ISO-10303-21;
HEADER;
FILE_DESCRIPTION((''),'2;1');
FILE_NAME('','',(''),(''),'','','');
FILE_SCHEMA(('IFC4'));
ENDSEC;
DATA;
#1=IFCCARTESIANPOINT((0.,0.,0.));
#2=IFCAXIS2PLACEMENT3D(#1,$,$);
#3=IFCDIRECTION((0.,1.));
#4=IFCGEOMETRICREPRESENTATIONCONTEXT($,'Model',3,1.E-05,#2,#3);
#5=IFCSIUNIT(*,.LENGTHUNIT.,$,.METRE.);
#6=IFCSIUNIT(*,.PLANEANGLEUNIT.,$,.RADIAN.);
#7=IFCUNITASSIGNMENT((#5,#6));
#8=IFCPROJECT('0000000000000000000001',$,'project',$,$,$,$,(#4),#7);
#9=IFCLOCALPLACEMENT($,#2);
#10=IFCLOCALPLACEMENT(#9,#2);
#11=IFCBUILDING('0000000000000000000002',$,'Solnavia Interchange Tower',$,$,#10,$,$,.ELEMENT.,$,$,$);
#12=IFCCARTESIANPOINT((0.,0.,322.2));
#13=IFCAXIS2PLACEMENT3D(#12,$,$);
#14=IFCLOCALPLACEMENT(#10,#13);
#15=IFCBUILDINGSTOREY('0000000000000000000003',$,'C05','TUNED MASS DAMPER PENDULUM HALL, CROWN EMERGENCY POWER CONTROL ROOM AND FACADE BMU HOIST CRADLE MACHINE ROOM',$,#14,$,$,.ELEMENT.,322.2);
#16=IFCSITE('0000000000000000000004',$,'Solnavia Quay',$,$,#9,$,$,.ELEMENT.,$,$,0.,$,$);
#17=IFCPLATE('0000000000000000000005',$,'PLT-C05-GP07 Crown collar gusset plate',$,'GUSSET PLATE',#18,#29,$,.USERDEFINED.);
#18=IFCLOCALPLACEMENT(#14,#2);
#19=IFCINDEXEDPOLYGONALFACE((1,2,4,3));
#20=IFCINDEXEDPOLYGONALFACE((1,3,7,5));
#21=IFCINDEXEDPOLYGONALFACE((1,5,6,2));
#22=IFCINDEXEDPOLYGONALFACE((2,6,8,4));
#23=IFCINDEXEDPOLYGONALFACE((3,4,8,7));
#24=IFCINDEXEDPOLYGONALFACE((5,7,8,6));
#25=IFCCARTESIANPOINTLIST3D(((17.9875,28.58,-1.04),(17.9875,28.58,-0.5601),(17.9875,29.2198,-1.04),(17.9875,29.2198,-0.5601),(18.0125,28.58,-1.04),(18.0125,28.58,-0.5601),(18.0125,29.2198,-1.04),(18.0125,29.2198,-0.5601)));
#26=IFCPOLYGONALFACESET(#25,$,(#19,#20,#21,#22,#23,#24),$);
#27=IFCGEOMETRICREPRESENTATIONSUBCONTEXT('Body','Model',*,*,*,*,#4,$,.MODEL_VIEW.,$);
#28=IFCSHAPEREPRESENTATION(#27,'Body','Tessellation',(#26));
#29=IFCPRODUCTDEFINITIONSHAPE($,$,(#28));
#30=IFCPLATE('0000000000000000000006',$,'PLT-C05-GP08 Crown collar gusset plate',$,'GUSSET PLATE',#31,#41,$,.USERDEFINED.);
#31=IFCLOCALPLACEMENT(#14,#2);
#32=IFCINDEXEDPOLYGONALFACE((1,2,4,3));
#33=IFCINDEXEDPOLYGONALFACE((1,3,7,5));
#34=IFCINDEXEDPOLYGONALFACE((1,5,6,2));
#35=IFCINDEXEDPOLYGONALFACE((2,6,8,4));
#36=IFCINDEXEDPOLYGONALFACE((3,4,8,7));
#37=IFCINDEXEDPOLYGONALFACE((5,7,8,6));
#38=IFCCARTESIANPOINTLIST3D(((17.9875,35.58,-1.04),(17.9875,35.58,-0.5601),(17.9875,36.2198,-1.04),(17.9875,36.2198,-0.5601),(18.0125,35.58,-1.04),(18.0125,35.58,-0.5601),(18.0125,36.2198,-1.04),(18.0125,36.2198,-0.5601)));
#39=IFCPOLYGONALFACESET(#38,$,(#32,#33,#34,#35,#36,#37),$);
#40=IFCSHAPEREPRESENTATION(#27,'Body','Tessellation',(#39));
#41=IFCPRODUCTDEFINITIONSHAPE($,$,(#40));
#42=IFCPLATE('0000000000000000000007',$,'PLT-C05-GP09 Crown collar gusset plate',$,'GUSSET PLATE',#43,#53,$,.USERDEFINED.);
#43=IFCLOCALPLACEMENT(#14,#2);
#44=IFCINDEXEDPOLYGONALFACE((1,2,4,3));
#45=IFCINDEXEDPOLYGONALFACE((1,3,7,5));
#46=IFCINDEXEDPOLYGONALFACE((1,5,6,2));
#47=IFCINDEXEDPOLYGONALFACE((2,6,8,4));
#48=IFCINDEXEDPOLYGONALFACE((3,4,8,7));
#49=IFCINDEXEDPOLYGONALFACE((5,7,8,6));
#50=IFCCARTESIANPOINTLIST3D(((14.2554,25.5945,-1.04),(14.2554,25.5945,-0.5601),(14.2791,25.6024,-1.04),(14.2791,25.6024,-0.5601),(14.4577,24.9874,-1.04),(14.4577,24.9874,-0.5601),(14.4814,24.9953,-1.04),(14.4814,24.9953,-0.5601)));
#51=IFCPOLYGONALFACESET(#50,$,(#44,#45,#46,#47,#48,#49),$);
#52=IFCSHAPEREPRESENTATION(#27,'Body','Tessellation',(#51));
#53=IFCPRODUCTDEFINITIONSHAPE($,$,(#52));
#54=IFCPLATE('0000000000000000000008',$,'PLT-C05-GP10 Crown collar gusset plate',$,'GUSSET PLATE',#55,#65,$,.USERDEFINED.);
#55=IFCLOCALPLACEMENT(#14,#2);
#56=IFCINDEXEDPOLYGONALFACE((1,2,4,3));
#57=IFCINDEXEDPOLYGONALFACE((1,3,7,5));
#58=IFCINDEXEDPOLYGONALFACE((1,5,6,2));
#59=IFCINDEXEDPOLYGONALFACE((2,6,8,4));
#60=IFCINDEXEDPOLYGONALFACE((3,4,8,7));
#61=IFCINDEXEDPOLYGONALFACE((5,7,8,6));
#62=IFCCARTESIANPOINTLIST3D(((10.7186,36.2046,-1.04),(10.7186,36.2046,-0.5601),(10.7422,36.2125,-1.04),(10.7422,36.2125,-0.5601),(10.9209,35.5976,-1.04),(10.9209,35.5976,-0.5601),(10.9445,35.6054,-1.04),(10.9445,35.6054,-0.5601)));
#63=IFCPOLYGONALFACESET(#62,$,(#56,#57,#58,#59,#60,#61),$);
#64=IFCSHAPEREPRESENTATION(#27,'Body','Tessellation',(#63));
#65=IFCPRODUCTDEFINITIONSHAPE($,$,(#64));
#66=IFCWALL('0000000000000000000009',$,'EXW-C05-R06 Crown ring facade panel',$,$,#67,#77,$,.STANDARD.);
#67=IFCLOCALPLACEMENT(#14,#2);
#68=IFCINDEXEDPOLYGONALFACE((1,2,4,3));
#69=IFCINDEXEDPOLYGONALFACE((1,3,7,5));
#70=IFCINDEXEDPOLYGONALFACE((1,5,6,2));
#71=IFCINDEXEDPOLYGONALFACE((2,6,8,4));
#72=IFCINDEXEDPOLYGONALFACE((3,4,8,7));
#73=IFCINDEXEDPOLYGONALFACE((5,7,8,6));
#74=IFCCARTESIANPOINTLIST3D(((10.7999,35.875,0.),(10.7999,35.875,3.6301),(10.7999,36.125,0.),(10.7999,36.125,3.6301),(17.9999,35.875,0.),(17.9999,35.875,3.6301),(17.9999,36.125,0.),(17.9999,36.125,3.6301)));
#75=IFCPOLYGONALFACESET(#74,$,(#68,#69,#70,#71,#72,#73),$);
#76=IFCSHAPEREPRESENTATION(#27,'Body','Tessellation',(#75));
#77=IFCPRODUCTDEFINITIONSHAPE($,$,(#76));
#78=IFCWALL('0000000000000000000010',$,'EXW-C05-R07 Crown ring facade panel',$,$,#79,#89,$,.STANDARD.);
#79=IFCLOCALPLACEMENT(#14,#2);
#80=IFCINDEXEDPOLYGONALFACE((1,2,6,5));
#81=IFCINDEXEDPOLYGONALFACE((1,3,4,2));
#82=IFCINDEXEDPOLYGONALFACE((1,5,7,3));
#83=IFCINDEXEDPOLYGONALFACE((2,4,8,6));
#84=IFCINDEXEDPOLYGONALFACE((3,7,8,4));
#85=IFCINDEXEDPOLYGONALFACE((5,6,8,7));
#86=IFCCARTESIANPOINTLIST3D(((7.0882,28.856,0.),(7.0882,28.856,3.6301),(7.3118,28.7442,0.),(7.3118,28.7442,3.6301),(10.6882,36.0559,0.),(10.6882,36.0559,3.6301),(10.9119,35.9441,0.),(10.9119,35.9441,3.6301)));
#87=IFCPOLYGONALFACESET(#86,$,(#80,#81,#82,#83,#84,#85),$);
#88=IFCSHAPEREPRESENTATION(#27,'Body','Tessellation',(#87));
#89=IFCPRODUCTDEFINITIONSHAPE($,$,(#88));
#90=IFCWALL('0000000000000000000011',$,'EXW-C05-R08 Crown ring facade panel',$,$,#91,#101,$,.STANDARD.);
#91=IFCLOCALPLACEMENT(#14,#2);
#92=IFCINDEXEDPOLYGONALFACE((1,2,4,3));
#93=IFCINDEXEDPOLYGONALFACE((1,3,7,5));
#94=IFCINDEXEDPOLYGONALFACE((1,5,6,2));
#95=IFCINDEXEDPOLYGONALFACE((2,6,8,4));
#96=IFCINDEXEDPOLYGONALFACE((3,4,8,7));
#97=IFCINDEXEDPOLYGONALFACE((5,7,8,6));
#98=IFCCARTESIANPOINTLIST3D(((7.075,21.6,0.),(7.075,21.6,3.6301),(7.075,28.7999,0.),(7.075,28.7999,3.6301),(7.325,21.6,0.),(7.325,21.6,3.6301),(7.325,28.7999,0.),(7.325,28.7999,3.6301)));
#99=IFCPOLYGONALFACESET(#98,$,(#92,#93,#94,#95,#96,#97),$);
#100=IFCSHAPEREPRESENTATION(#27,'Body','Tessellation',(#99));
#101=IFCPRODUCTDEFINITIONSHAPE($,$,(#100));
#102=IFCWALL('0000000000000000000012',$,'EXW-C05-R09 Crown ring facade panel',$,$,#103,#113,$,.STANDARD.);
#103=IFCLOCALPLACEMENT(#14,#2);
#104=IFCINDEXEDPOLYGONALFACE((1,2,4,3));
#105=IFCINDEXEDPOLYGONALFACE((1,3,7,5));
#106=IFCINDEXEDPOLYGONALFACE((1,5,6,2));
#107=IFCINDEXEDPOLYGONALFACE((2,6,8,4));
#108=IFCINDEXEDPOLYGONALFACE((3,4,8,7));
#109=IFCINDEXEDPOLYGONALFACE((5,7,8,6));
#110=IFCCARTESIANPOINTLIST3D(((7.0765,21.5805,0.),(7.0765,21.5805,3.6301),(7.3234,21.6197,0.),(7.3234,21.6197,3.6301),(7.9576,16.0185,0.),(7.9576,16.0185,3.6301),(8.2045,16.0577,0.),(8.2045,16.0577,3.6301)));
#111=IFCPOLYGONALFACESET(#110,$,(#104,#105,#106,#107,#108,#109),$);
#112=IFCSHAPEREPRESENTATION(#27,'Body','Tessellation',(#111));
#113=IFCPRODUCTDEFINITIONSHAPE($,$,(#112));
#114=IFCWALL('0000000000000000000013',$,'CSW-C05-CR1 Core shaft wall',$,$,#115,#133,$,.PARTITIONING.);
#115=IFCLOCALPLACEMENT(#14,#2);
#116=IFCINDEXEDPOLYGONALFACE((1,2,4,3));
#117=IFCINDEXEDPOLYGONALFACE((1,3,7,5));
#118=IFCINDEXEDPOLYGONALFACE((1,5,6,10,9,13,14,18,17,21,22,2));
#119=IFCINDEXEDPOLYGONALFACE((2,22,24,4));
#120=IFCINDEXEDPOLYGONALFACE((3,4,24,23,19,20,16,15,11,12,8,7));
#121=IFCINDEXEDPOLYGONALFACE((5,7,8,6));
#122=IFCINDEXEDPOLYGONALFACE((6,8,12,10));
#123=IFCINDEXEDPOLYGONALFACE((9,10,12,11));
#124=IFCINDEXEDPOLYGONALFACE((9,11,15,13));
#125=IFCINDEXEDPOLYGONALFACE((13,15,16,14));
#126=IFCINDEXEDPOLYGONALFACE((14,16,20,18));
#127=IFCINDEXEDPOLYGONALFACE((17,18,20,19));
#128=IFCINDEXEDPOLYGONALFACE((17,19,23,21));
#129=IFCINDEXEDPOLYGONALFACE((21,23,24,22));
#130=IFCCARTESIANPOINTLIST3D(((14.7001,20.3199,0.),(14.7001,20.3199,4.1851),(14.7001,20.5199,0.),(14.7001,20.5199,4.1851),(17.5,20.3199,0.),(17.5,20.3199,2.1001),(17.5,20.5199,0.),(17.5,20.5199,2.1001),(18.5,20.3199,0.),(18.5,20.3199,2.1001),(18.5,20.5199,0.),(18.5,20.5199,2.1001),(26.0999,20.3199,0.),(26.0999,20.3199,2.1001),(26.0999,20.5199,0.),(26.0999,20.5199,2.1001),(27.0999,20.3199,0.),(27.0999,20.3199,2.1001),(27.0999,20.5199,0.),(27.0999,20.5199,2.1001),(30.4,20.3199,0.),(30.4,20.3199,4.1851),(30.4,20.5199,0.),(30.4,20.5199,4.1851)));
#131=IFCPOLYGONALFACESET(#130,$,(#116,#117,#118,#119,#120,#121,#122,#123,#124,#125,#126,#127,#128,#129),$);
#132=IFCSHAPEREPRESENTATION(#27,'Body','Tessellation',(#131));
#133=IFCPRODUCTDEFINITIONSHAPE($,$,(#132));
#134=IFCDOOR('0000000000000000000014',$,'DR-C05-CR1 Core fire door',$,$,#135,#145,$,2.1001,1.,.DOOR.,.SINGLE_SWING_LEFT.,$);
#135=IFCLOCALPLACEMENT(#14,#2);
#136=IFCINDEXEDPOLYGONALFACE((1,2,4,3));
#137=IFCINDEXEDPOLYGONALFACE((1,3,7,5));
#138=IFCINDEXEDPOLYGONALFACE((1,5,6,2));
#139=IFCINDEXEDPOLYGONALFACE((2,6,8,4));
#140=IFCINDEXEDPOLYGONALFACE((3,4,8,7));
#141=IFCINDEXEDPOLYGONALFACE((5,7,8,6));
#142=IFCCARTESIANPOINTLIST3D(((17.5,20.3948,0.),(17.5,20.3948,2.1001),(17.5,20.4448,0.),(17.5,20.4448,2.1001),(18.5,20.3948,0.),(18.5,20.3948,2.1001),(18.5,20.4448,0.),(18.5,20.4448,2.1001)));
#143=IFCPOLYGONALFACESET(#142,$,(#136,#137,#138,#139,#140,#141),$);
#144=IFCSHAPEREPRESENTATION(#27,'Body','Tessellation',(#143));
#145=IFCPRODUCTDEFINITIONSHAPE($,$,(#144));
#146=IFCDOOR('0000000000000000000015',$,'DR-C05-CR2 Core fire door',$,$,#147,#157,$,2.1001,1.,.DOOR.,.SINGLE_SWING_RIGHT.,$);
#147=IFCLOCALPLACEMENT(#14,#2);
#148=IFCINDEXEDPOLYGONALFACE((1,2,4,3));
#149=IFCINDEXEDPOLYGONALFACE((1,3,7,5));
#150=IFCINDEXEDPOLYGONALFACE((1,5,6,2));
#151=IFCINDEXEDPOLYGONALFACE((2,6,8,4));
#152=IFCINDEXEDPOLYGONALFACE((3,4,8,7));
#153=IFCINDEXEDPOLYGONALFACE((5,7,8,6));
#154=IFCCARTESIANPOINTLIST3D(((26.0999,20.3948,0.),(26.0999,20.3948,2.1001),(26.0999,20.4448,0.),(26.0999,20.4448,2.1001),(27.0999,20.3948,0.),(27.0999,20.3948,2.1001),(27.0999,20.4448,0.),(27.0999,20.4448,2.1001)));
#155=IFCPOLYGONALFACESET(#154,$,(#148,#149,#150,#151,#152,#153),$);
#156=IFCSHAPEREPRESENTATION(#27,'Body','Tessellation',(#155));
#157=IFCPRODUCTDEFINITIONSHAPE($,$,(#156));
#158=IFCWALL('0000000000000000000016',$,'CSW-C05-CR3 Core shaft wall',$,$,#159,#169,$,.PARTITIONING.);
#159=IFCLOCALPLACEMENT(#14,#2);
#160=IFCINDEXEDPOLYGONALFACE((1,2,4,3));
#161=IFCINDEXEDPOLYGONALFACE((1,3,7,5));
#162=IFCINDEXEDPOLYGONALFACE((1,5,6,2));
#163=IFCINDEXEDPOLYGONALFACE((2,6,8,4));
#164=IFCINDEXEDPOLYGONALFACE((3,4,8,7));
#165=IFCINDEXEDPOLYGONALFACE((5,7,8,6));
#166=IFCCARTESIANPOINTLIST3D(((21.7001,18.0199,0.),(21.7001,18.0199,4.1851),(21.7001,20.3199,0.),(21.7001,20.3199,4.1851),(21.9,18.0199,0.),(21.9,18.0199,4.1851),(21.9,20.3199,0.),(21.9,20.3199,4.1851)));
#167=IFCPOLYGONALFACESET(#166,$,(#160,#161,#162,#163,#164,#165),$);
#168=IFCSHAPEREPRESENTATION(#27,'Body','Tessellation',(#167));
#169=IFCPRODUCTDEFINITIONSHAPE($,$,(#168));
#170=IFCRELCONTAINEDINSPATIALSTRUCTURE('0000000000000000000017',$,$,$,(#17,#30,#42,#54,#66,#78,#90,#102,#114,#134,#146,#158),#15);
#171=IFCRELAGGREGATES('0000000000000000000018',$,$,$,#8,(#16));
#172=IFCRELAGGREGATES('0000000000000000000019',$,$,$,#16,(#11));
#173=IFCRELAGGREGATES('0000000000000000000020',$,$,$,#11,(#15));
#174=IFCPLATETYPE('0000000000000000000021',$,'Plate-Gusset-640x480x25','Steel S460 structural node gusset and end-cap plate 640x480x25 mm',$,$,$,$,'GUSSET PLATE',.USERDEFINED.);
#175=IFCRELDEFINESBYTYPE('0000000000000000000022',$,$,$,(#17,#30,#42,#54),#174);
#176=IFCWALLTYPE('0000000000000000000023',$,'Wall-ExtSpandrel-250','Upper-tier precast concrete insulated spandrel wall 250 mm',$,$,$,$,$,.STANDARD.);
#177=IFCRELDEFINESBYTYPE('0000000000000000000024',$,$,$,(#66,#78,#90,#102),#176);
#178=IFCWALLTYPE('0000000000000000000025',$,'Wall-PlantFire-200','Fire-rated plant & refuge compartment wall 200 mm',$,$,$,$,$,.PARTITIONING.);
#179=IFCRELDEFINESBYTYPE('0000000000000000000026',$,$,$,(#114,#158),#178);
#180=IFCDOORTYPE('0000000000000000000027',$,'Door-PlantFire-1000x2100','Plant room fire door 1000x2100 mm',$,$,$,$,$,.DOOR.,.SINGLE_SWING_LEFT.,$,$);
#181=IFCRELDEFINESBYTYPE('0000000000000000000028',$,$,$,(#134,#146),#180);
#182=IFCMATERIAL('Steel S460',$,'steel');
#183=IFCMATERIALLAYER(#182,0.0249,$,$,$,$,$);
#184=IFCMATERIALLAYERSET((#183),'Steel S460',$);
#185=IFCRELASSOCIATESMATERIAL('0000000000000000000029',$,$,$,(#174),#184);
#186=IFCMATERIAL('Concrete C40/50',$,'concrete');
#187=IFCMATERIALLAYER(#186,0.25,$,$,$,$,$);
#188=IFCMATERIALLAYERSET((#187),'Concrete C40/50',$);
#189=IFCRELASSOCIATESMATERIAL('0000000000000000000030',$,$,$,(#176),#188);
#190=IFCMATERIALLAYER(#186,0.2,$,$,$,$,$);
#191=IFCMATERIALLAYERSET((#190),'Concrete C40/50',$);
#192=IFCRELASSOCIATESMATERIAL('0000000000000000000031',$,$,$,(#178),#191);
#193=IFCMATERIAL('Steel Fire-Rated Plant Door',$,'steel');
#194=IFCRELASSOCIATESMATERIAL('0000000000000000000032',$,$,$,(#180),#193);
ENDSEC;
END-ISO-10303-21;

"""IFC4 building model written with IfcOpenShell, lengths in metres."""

from ifc_helpers import new_model, si_unit, direction, frame, frame_2d, origin, origin_2d, place, context, subcontext, project, spatial, rectangle, extrude, material, layer, layer_set, type_object, element, fill, save


model = new_model("IFC4")

# Units and contexts
model_context = context("Model", 3, precision=1e-05, world=origin(), true_north=direction((0.0, 1.0)))
body_context = subcontext(model_context, "Body", "Model", "MODEL_VIEW")
ifc_project = project(units=[si_unit("LENGTHUNIT", "METRE"), si_unit("PLANEANGLEUNIT", "RADIAN")], contexts=[model_context])

# Site, building, storey
site_placement = place(None, origin())
site = spatial("IfcSite", under=ifc_project, at=site_placement, Name="Solnavia Quay", CompositionType="ELEMENT", RefElevation=0.0)
building_placement = place(site_placement, origin())
building = spatial("IfcBuilding", under=site, at=building_placement, Name="Solnavia Interchange Tower", CompositionType="ELEMENT")
storey_placement = place(building_placement, frame((0.0, 0.0, 322.2)))
storey = spatial("IfcBuildingStorey", under=building, at=storey_placement, Name="C05", Description="TUNED MASS DAMPER PENDULUM HALL, CROWN EMERGENCY POWER CONTROL ROOM AND FACADE BMU HOIST CRADLE MACHINE ROOM", CompositionType="ELEMENT", Elevation=322.2)

# Shared definitions
ifc_material_1 = material(Name="Steel S460", Category="steel")

# Plates
ifc_layer_1 = layer(ifc_material_1, 0.0249)
ifc_layer_set_1 = layer_set([ifc_layer_1], Name="Steel S460")
plate_type = type_object("IfcPlateType", Name="Plate-Gusset-640x480x25", Description="Steel S460 structural node gusset and end-cap plate 640x480x25 mm", ElementType="GUSSET PLATE", PredefinedType="USERDEFINED", material=ifc_layer_set_1)
for number, where, z_axis, x_axis, name in (
    (1, (18.0, 28.8999, -1.04), (0.0, 0.0, 1.0), (0.0, 1.0, 0.0), "PLT-C05-GP07 Crown collar gusset plate"),
    (2, (18.0, 35.8999, -1.04), (0.0, 0.0, 1.0), (0.0, 1.0, 0.0), "PLT-C05-GP08 Crown collar gusset plate"),
    (3, (14.3684, 25.2949, -1.04), (0.0, 0.0, 1.0), (-0.316146, 0.948711, 0.0), "PLT-C05-GP09 Crown collar gusset plate"),
    (4, (10.8315, 35.905, -1.04), (0.0, 0.0, 1.0), (-0.316146, 0.948711, 0.0), "PLT-C05-GP10 Crown collar gusset plate"),
):
    element("IfcPlate", number, at=place(storey_placement, frame(where, z_axis=z_axis, x_axis=x_axis)), inside=storey, type_object=plate_type, Name=name, ObjectType="GUSSET PLATE", PredefinedType="USERDEFINED", context=body_context, shape_type="SweptSolid", body=[
        extrude(rectangle(XDim=0.6399, YDim=0.0249, at=origin_2d()), origin(), (0.0, 0.0, 1.0), 0.48),
    ])

# Walls
ifc_material_2 = material(Name="Concrete C40/50", Category="concrete")
ifc_layer_2 = layer(ifc_material_2, 0.25)
ifc_layer_set_2 = layer_set([ifc_layer_2], Name="Concrete C40/50")
wall_type_1 = type_object("IfcWallType", Name="Wall-ExtSpandrel-250", Description="Upper-tier precast concrete insulated spandrel wall 250 mm", PredefinedType="STANDARD", material=ifc_layer_set_2)
wall_1_placement = place(storey_placement, frame((18.0, 36.0, 0.0), z_axis=(0.0, 0.0, 1.0), x_axis=(-1.0, 0.0, 0.0)))
element("IfcWall", 5, at=wall_1_placement, inside=storey, type_object=wall_type_1, Name="EXW-C05-R06 Crown ring facade panel", PredefinedType="STANDARD", context=body_context, shape_type="SweptSolid", body=[
    extrude(rectangle(XDim=7.2, YDim=0.25, at=frame_2d((3.6001, 0.0))), origin(), (0.0, 0.0, 1.0), 3.6301),
])
wall_2_placement = place(storey_placement, frame((10.8, 36.0, 0.0), z_axis=(0.0, 0.0, 1.0), x_axis=(-0.447226, -0.894421, 0.0)))
element("IfcWall", 6, at=wall_2_placement, inside=storey, type_object=wall_type_1, Name="EXW-C05-R07 Crown ring facade panel", PredefinedType="STANDARD", context=body_context, shape_type="SweptSolid", body=[
    extrude(rectangle(XDim=8.0498, YDim=0.25, at=frame_2d((4.0249, 0.0))), origin(), (0.0, 0.0, 1.0), 3.6301),
])
wall_3_placement = place(storey_placement, frame((7.2, 28.8, 0.0), z_axis=(0.0, 0.0, 1.0), x_axis=(0.0, -1.0, 0.0)))
element("IfcWall", 7, at=wall_3_placement, inside=storey, type_object=wall_type_1, Name="EXW-C05-R08 Crown ring facade panel", PredefinedType="STANDARD", context=body_context, shape_type="SweptSolid", body=[
    extrude(rectangle(XDim=7.2, YDim=0.25, at=frame_2d((3.6001, 0.0))), origin(), (0.0, 0.0, 1.0), 3.6301),
])
wall_4_placement = place(storey_placement, frame((7.2, 21.6001, 0.0), z_axis=(0.0, 0.0, 1.0), x_axis=(0.156463, -0.987684, 0.0)))
element("IfcWall", 8, at=wall_4_placement, inside=storey, type_object=wall_type_1, Name="EXW-C05-R09 Crown ring facade panel", PredefinedType="STANDARD", context=body_context, shape_type="SweptSolid", body=[
    extrude(rectangle(XDim=5.6313, YDim=0.25, at=frame_2d((2.8157, 0.0))), origin(), (0.0, 0.0, 1.0), 3.6301),
])

# Wall, openings, doors
ifc_layer_3 = layer(ifc_material_2, 0.2)
ifc_layer_set_3 = layer_set([ifc_layer_3], Name="Concrete C40/50")
wall_type_2 = type_object("IfcWallType", Name="Wall-PlantFire-200", Description="Fire-rated plant & refuge compartment wall 200 mm", PredefinedType="PARTITIONING", material=ifc_layer_set_3)
wall_5_placement = place(storey_placement, frame((14.7, 20.4199, 0.0), z_axis=(0.0, 0.0, 1.0), x_axis=(1.0, 0.0, 0.0)))
wall_5 = element("IfcWall", 9, at=wall_5_placement, inside=storey, type_object=wall_type_2, Name="CSW-C05-CR1 Core shaft wall", PredefinedType="PARTITIONING", context=body_context, shape_type="SweptSolid", body=[
    extrude(rectangle(XDim=15.7, YDim=0.2, at=frame_2d((7.8501, 0.0))), origin(), (0.0, 0.0, 1.0), 4.1851),
])
opening_1_placement = place(wall_5_placement, frame((2.8, 0.0, 0.0)))
opening_1 = element("IfcOpeningElement", 10, at=opening_1_placement, cuts=wall_5, PredefinedType="OPENING", context=body_context, shape_type="SweptSolid", body=[
    extrude(rectangle(XDim=1.0, YDim=2.1001, at=frame_2d((0.5, 1.05))), frame((0.0, 0.1099, 0.0), z_axis=(0.0, -1.0, 0.0), x_axis=(1.0, 0.0, 0.0)), (0.0, 0.0, 1.0), 0.22),
])
opening_2_placement = place(wall_5_placement, frame((11.3999, 0.0, 0.0)))
opening_2 = element("IfcOpeningElement", 11, at=opening_2_placement, cuts=wall_5, PredefinedType="OPENING", context=body_context, shape_type="SweptSolid", body=[
    extrude(rectangle(XDim=1.0, YDim=2.1001, at=frame_2d((0.5, 1.05))), frame((0.0, 0.1099, 0.0), z_axis=(0.0, -1.0, 0.0), x_axis=(1.0, 0.0, 0.0)), (0.0, 0.0, 1.0), 0.22),
])
ifc_material_3 = material(Name="Steel Fire-Rated Plant Door", Category="steel")
door_type_1 = type_object("IfcDoorType", Name="Door-PlantFire-1000x2100", Description="Plant room fire door 1000x2100 mm", OperationType="SINGLE_SWING_LEFT", PredefinedType="DOOR", material=ifc_material_3)
door_1_placement = place(opening_1_placement, origin())
door_1 = element("IfcDoor", 12, at=door_1_placement, inside=storey, type_object=door_type_1, Name="DR-C05-CR1 Core fire door", OperationType="SINGLE_SWING_LEFT", OverallHeight=2.1001, OverallWidth=1.0, PredefinedType="DOOR", context=body_context, shape_type="SweptSolid", body=[
    extrude(rectangle(XDim=1.0, YDim=2.1001, at=frame_2d((0.5, 1.05))), frame((0.0, 0.0249, 0.0), z_axis=(0.0, -1.0, 0.0), x_axis=(1.0, 0.0, 0.0)), (0.0, 0.0, 1.0), 0.05),
])
fill(opening_1, door_1)
door_2_placement = place(opening_2_placement, origin())
door_2 = element("IfcDoor", 13, at=door_2_placement, inside=storey, type_object=door_type_1, Name="DR-C05-CR2 Core fire door", OperationType="SINGLE_SWING_RIGHT", OverallHeight=2.1001, OverallWidth=1.0, PredefinedType="DOOR", context=body_context, shape_type="SweptSolid", body=[
    extrude(rectangle(XDim=1.0, YDim=2.1001, at=frame_2d((0.5, 1.05))), frame((0.0, 0.0249, 0.0), z_axis=(0.0, -1.0, 0.0), x_axis=(1.0, 0.0, 0.0)), (0.0, 0.0, 1.0), 0.05),
])
fill(opening_2, door_2)

# Wall
wall_6_placement = place(storey_placement, frame((21.8, 18.02, 0.0), z_axis=(0.0, 0.0, 1.0), x_axis=(0.0, 1.0, 0.0)))
element("IfcWall", 14, at=wall_6_placement, inside=storey, type_object=wall_type_2, Name="CSW-C05-CR3 Core shaft wall", PredefinedType="PARTITIONING", context=body_context, shape_type="SweptSolid", body=[
    extrude(rectangle(XDim=2.3, YDim=0.2, at=frame_2d((1.1499, 0.0))), origin(), (0.0, 0.0, 1.0), 4.1851),
])

save(model, "model.ifc")
